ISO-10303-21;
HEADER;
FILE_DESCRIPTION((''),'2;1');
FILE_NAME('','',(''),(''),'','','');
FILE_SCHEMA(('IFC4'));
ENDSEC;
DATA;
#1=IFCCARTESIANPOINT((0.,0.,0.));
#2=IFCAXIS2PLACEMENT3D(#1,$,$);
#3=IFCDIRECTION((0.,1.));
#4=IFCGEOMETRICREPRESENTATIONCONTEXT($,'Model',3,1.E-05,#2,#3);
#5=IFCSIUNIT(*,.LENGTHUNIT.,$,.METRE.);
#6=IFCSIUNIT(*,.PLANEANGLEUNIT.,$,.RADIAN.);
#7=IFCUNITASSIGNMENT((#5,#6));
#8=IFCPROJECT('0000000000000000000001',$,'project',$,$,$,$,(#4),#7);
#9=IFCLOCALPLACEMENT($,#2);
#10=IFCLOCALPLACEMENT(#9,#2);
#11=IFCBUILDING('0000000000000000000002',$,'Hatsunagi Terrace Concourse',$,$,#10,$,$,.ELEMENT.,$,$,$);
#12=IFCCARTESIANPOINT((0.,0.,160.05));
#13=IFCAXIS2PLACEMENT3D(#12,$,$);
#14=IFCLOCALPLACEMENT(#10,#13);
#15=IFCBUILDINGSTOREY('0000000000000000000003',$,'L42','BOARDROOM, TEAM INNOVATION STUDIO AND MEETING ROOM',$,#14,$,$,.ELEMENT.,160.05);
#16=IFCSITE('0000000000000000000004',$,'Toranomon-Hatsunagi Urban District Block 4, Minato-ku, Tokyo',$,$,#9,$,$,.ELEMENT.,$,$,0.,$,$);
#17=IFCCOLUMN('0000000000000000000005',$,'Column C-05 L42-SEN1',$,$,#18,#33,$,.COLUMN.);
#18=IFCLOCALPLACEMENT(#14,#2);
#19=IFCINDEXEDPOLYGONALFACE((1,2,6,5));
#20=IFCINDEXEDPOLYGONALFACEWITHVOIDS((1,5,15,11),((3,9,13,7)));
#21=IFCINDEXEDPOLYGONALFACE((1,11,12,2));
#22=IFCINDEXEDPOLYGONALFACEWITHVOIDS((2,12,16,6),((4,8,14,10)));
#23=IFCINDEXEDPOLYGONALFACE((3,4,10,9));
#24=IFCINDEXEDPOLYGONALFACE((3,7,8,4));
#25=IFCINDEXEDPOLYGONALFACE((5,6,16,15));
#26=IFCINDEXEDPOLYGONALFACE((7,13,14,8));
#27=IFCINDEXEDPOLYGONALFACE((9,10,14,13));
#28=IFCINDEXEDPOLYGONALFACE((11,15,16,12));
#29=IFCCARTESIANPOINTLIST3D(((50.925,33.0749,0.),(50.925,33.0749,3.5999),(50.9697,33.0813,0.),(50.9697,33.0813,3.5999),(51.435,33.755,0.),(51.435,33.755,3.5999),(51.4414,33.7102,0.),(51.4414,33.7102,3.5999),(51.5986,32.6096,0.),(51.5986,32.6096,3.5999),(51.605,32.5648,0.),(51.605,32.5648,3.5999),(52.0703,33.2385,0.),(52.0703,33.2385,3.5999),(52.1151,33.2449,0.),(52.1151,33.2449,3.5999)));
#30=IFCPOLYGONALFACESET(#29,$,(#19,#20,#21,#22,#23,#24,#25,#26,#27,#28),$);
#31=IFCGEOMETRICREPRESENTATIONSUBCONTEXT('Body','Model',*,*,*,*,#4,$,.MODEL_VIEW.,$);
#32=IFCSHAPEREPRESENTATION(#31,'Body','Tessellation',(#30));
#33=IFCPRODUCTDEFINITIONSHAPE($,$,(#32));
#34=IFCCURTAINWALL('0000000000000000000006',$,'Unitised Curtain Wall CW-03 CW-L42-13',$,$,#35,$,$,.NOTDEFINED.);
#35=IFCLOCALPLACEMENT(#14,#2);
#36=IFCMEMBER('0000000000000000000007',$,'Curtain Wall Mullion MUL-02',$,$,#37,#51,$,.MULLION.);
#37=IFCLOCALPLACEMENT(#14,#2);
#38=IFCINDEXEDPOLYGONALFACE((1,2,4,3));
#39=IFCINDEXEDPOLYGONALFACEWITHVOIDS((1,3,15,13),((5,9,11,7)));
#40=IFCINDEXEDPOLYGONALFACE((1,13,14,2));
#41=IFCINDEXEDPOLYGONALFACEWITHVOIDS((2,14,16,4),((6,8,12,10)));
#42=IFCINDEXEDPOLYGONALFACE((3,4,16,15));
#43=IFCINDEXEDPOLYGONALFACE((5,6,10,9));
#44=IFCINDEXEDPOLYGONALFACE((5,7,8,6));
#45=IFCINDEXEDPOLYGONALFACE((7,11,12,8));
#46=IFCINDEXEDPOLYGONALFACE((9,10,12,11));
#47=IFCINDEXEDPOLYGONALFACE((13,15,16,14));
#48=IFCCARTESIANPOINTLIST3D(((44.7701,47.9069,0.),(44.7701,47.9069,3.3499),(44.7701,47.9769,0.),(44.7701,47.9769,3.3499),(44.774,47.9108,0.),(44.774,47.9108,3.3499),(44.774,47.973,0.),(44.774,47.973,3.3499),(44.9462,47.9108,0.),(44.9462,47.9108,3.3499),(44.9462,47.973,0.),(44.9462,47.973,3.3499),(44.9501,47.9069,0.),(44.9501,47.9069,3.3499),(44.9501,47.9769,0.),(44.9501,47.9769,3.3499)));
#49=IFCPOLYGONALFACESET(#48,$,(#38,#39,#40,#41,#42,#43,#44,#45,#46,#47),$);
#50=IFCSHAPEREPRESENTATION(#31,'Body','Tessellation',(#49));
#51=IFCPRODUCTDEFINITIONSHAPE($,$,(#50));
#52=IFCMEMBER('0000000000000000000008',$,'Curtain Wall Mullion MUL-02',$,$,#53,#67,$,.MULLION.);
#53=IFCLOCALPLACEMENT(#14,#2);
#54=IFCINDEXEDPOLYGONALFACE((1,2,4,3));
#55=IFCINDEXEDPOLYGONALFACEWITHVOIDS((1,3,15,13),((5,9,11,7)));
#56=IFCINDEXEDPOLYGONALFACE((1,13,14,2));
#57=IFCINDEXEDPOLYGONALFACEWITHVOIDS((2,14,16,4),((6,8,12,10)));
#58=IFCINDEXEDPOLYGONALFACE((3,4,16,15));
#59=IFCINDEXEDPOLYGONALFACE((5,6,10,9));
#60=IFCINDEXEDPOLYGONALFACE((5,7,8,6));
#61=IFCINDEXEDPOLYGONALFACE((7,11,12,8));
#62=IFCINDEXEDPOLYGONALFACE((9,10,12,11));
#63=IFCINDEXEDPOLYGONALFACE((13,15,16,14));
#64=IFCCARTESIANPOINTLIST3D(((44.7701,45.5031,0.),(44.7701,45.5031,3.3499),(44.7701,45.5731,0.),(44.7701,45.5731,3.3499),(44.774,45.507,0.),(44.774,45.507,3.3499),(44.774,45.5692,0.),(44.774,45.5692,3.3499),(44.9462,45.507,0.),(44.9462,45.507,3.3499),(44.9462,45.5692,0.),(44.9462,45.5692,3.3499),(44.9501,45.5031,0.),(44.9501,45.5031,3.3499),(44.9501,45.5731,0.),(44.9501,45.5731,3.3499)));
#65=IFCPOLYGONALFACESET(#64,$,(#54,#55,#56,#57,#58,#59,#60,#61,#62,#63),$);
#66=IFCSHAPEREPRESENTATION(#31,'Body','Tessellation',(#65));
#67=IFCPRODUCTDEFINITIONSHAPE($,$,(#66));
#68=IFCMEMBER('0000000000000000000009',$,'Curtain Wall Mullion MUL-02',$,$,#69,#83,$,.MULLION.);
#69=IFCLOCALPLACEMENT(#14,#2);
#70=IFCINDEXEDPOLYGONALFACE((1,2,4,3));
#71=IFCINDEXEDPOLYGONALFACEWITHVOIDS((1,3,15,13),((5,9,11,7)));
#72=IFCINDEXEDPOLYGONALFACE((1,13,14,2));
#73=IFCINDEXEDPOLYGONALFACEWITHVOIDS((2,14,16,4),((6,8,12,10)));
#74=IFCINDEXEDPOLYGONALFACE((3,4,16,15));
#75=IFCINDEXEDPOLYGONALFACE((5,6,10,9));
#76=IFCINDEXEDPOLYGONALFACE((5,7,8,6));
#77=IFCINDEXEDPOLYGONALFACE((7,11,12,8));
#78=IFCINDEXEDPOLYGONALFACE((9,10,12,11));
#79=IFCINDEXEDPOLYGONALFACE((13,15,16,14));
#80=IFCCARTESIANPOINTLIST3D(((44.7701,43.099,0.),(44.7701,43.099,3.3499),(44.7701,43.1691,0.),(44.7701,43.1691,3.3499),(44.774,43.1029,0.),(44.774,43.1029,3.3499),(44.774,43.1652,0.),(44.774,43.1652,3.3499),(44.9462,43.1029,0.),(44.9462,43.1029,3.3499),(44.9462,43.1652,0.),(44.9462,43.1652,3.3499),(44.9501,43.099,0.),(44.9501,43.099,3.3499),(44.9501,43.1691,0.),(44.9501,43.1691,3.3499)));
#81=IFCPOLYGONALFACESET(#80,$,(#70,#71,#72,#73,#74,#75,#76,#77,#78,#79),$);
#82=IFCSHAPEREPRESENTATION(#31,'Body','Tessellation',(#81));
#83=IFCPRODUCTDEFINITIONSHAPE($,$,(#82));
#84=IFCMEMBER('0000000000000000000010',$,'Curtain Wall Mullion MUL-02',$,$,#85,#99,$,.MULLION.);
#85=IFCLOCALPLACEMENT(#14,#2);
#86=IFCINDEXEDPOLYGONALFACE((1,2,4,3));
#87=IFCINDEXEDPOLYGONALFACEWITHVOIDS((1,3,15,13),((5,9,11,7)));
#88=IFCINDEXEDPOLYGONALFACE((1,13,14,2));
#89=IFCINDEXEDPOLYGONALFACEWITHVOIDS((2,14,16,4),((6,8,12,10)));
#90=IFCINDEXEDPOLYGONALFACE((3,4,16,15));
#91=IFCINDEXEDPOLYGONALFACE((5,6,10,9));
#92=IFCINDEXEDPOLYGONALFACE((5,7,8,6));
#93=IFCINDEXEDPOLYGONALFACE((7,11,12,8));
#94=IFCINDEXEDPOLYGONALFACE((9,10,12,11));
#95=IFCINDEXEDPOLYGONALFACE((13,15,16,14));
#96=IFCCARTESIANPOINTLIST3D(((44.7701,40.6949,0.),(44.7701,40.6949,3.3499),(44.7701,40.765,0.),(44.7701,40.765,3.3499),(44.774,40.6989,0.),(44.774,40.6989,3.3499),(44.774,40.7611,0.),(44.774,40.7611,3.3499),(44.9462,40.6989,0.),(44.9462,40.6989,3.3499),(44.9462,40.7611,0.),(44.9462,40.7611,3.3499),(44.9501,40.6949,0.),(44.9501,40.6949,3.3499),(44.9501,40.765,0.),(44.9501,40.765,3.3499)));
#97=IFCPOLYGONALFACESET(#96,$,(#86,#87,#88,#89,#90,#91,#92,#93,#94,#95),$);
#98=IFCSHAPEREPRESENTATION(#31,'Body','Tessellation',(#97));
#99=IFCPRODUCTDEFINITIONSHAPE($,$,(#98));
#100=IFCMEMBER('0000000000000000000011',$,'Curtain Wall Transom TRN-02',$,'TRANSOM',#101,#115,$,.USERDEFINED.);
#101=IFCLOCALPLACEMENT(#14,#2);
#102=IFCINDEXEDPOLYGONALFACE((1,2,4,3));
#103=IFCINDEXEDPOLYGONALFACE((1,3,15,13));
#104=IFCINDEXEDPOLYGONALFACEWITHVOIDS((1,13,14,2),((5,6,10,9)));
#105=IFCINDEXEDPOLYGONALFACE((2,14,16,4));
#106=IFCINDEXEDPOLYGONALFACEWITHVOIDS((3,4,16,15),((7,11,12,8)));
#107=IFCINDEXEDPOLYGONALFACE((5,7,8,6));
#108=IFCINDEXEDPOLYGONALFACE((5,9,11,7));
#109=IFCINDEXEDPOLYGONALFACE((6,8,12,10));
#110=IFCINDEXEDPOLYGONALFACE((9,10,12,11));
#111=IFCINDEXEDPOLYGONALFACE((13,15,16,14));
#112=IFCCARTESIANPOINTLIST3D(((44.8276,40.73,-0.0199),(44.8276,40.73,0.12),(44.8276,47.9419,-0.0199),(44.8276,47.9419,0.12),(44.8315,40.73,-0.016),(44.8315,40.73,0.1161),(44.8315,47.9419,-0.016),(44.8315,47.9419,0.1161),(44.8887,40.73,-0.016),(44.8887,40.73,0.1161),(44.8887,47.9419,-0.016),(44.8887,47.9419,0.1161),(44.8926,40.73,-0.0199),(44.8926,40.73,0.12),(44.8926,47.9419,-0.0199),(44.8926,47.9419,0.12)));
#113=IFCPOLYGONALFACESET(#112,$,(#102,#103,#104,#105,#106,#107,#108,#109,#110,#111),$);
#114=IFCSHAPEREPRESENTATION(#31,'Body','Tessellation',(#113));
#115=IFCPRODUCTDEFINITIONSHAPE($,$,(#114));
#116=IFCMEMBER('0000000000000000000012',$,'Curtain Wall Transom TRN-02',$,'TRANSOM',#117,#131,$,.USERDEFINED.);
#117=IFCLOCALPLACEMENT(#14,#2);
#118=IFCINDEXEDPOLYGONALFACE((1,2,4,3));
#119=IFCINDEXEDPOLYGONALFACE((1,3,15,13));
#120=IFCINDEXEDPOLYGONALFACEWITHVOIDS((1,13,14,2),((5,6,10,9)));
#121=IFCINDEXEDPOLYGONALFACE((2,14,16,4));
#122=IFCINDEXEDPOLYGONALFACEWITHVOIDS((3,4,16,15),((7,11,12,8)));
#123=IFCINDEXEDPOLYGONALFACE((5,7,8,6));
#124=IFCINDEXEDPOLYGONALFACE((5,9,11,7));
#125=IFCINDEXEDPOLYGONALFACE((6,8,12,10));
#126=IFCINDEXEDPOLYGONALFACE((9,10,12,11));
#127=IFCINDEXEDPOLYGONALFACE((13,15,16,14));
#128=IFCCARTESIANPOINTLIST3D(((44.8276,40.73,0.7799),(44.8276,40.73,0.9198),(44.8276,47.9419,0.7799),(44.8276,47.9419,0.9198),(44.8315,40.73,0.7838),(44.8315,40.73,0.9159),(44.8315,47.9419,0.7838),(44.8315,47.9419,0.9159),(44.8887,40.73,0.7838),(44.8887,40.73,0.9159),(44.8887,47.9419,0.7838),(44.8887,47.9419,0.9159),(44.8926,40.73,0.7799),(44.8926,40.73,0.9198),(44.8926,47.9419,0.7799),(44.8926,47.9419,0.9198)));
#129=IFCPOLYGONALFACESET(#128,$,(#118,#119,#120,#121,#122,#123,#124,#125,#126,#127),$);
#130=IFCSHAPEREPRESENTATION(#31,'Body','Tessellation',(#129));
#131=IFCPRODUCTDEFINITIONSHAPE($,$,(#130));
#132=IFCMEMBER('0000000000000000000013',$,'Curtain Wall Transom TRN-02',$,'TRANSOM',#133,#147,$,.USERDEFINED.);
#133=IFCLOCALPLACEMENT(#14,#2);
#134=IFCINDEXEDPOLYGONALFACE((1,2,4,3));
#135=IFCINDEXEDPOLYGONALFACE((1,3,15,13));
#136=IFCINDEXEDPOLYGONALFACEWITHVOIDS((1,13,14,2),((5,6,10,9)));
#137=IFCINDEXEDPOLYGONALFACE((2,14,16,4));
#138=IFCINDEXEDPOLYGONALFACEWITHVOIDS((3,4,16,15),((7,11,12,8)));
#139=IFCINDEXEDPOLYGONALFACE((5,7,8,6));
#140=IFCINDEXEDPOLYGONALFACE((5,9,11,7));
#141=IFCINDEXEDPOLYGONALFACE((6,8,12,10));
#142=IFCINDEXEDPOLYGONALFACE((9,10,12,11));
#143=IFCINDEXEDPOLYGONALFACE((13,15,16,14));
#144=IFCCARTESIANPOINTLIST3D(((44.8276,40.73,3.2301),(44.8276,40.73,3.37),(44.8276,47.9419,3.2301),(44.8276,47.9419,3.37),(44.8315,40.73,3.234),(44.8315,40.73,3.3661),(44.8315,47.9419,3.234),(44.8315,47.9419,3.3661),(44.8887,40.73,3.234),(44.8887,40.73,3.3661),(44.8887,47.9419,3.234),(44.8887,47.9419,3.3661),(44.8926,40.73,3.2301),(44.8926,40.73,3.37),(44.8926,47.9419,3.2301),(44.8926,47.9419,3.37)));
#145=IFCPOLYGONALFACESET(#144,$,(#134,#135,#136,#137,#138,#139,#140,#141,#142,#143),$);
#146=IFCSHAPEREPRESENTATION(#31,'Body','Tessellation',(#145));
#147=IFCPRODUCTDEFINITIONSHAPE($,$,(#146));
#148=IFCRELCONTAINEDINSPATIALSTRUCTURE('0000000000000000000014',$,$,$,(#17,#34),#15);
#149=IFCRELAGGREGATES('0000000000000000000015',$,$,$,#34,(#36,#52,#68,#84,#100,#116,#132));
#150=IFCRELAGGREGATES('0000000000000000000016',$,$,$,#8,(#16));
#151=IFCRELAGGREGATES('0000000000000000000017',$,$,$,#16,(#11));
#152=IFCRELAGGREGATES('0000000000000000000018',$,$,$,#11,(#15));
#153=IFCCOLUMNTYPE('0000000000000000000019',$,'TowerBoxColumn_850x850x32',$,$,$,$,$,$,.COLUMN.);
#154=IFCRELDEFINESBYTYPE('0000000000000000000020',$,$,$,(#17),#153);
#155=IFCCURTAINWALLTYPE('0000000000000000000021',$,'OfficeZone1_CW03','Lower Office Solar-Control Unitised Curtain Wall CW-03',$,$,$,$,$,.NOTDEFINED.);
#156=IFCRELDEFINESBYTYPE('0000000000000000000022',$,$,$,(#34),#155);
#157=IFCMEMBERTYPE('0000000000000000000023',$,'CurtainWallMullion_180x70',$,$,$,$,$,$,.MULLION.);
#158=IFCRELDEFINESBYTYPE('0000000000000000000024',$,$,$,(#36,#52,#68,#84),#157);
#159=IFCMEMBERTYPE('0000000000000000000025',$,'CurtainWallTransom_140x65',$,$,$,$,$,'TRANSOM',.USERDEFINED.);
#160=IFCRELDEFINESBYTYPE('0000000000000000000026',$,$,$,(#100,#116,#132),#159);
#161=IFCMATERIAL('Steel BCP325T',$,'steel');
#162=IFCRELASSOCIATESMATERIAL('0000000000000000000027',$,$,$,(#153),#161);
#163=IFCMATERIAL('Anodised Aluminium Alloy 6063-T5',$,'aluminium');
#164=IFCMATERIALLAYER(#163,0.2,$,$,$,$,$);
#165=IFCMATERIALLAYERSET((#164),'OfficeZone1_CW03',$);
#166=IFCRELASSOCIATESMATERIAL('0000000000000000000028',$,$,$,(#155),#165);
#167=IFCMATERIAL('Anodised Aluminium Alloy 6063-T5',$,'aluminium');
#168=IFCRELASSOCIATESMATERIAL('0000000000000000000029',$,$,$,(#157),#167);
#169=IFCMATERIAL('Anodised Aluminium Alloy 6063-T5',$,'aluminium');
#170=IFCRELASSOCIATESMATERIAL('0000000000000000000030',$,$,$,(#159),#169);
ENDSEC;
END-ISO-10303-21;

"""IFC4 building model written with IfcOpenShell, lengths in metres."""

from ifc_helpers import new_model, si_unit, direction, frame, origin, origin_2d, place, context, subcontext, project, spatial, hollow_rectangle, extrude, material, layer, layer_set, material_profile, profile_set, type_object, element, aggregate, save


model = new_model("IFC4")

# Units and contexts
model_context = context("Model", 3, precision=1e-05, world=origin(), true_north=direction((0.0, 1.0)))
body_context = subcontext(model_context, "Body", "Model", "MODEL_VIEW")
ifc_project = project(units=[si_unit("LENGTHUNIT", "METRE"), si_unit("PLANEANGLEUNIT", "RADIAN")], contexts=[model_context])

# Site, building, storey
site_placement = place(None, origin())
site = spatial("IfcSite", under=ifc_project, at=site_placement, Name="Toranomon-Hatsunagi Urban District Block 4, Minato-ku, Tokyo", CompositionType="ELEMENT", RefElevation=0.0)
building_placement = place(site_placement, origin())
building = spatial("IfcBuilding", under=site, at=building_placement, Name="Hatsunagi Terrace Concourse", CompositionType="ELEMENT")
storey_placement = place(building_placement, frame((0.0, 0.0, 160.05)))
storey = spatial("IfcBuildingStorey", under=building, at=storey_placement, Name="L42", Description="BOARDROOM, TEAM INNOVATION STUDIO AND MEETING ROOM", CompositionType="ELEMENT", Elevation=160.05)

# Column
ifc_material_1 = material(Name="Steel BCP325T", Category="steel")
ifc_material_profile_1 = material_profile(ifc_material_1, hollow_rectangle(XDim=0.8501, YDim=0.8501, WallThickness=0.032, at=origin_2d()), Name="BCP-850x850x32")
ifc_profile_set_1 = profile_set([ifc_material_profile_1], Name="Steel BCP325T")
column_type = type_object("IfcColumnType", Name="TowerBoxColumn_850x850x32", PredefinedType="COLUMN", material=ifc_profile_set_1)
column_placement = place(storey_placement, frame((51.52, 33.1599, 0.0), z_axis=(0.0, 0.0, 1.0), x_axis=(0.8, -0.6, 0.0)))
element("IfcColumn", 1, at=column_placement, inside=storey, type_object=column_type, Name="Column C-05 L42-SEN1", PredefinedType="COLUMN", context=body_context, shape_type="SweptSolid", body=[
    extrude(hollow_rectangle(XDim=0.8501, YDim=0.8501, WallThickness=0.032, at=origin_2d()), origin(), (0.0, 0.0, 1.0), 3.5999),
])

# Curtain wall, members
ifc_material_2 = material(Name="Anodised Aluminium Alloy 6063-T5", Category="aluminium")
ifc_layer_1 = layer(ifc_material_2, 0.2)
ifc_layer_set_1 = layer_set([ifc_layer_1], Name="OfficeZone1_CW03")
curtain_wall_type = type_object("IfcCurtainWallType", Name="OfficeZone1_CW03", Description="Lower Office Solar-Control Unitised Curtain Wall CW-03", PredefinedType="NOTDEFINED", material=ifc_layer_set_1)
curtain_wall_placement = place(storey_placement, origin())
curtain_wall = element("IfcCurtainWall", 2, at=curtain_wall_placement, inside=storey, type_object=curtain_wall_type, Name="Unitised Curtain Wall CW-03 CW-L42-13", PredefinedType="NOTDEFINED")
ifc_material_3 = material(Name="Anodised Aluminium Alloy 6063-T5", Category="aluminium")
ifc_material_profile_2 = material_profile(ifc_material_3, hollow_rectangle(XDim=0.0701, YDim=0.1799, WallThickness=0.0039, at=origin_2d()), Name="ALU-MUL-180x70x4")
ifc_profile_set_2 = profile_set([ifc_material_profile_2], Name="Anodised Aluminium Alloy 6063-T5")
member_type_1 = type_object("IfcMemberType", Name="CurtainWallMullion_180x70", PredefinedType="MULLION", material=ifc_profile_set_2)
member_1_placement = place(storey_placement, frame((44.8601, 47.9419, 0.0), z_axis=(0.0, 0.0, 1.0), x_axis=(0.0, -1.0, 0.0)))
member_1 = element("IfcMember", 3, at=member_1_placement, type_object=member_type_1, Name="Curtain Wall Mullion MUL-02", PredefinedType="MULLION", context=body_context, shape_type="SweptSolid", body=[
    extrude(hollow_rectangle(XDim=0.0701, YDim=0.1799, WallThickness=0.0039, at=origin_2d()), origin(), (0.0, 0.0, 1.0), 3.3499),
])
member_2_placement = place(storey_placement, frame((44.8601, 45.5381, 0.0), z_axis=(0.0, 0.0, 1.0), x_axis=(0.0, -1.0, 0.0)))
member_2 = element("IfcMember", 4, at=member_2_placement, type_object=member_type_1, Name="Curtain Wall Mullion MUL-02", PredefinedType="MULLION", context=body_context, shape_type="SweptSolid", body=[
    extrude(hollow_rectangle(XDim=0.0701, YDim=0.1799, WallThickness=0.0039, at=origin_2d()), origin(), (0.0, 0.0, 1.0), 3.3499),
])
member_3_placement = place(storey_placement, frame((44.8601, 43.134, 0.0), z_axis=(0.0, 0.0, 1.0), x_axis=(0.0, -1.0, 0.0)))
member_3 = element("IfcMember", 5, at=member_3_placement, type_object=member_type_1, Name="Curtain Wall Mullion MUL-02", PredefinedType="MULLION", context=body_context, shape_type="SweptSolid", body=[
    extrude(hollow_rectangle(XDim=0.0701, YDim=0.1799, WallThickness=0.0039, at=origin_2d()), origin(), (0.0, 0.0, 1.0), 3.3499),
])
member_4_placement = place(storey_placement, frame((44.8601, 40.73, 0.0), z_axis=(0.0, 0.0, 1.0), x_axis=(0.0, -1.0, 0.0)))
member_4 = element("IfcMember", 6, at=member_4_placement, type_object=member_type_1, Name="Curtain Wall Mullion MUL-02", PredefinedType="MULLION", context=body_context, shape_type="SweptSolid", body=[
    extrude(hollow_rectangle(XDim=0.0701, YDim=0.1799, WallThickness=0.0039, at=origin_2d()), origin(), (0.0, 0.0, 1.0), 3.3499),
])
ifc_material_4 = material(Name="Anodised Aluminium Alloy 6063-T5", Category="aluminium")
ifc_material_profile_3 = material_profile(ifc_material_4, hollow_rectangle(XDim=0.0649, YDim=0.1399, WallThickness=0.0039, at=origin_2d()), Name="ALU-TRN-140x65x4")
ifc_profile_set_3 = profile_set([ifc_material_profile_3], Name="Anodised Aluminium Alloy 6063-T5")
member_type_2 = type_object("IfcMemberType", Name="CurtainWallTransom_140x65", ElementType="TRANSOM", PredefinedType="USERDEFINED", material=ifc_profile_set_3)
member_5_placement = place(storey_placement, frame((44.8601, 47.9419, 0.05), z_axis=(0.0, -1.0, 0.0), x_axis=(1.0, 0.0, 0.0)))
member_5 = element("IfcMember", 7, at=member_5_placement, type_object=member_type_2, Name="Curtain Wall Transom TRN-02", ObjectType="TRANSOM", PredefinedType="USERDEFINED", context=body_context, shape_type="SweptSolid", body=[
    extrude(hollow_rectangle(XDim=0.0649, YDim=0.1399, WallThickness=0.0039, at=origin_2d()), origin(), (0.0, 0.0, 1.0), 7.2119),
])
member_6_placement = place(storey_placement, frame((44.8601, 47.9419, 0.8499), z_axis=(0.0, -1.0, 0.0), x_axis=(1.0, 0.0, 0.0)))
member_6 = element("IfcMember", 8, at=member_6_placement, type_object=member_type_2, Name="Curtain Wall Transom TRN-02", ObjectType="TRANSOM", PredefinedType="USERDEFINED", context=body_context, shape_type="SweptSolid", body=[
    extrude(hollow_rectangle(XDim=0.0649, YDim=0.1399, WallThickness=0.0039, at=origin_2d()), origin(), (0.0, 0.0, 1.0), 7.2119),
])
member_7_placement = place(storey_placement, frame((44.8601, 47.9419, 3.3), z_axis=(0.0, -1.0, 0.0), x_axis=(1.0, 0.0, 0.0)))
member_7 = element("IfcMember", 9, at=member_7_placement, type_object=member_type_2, Name="Curtain Wall Transom TRN-02", ObjectType="TRANSOM", PredefinedType="USERDEFINED", context=body_context, shape_type="SweptSolid", body=[
    extrude(hollow_rectangle(XDim=0.0649, YDim=0.1399, WallThickness=0.0039, at=origin_2d()), origin(), (0.0, 0.0, 1.0), 7.2119),
])

aggregate(curtain_wall, [member_1, member_2, member_3, member_4, member_5, member_6, member_7])

save(model, "model.ifc")
